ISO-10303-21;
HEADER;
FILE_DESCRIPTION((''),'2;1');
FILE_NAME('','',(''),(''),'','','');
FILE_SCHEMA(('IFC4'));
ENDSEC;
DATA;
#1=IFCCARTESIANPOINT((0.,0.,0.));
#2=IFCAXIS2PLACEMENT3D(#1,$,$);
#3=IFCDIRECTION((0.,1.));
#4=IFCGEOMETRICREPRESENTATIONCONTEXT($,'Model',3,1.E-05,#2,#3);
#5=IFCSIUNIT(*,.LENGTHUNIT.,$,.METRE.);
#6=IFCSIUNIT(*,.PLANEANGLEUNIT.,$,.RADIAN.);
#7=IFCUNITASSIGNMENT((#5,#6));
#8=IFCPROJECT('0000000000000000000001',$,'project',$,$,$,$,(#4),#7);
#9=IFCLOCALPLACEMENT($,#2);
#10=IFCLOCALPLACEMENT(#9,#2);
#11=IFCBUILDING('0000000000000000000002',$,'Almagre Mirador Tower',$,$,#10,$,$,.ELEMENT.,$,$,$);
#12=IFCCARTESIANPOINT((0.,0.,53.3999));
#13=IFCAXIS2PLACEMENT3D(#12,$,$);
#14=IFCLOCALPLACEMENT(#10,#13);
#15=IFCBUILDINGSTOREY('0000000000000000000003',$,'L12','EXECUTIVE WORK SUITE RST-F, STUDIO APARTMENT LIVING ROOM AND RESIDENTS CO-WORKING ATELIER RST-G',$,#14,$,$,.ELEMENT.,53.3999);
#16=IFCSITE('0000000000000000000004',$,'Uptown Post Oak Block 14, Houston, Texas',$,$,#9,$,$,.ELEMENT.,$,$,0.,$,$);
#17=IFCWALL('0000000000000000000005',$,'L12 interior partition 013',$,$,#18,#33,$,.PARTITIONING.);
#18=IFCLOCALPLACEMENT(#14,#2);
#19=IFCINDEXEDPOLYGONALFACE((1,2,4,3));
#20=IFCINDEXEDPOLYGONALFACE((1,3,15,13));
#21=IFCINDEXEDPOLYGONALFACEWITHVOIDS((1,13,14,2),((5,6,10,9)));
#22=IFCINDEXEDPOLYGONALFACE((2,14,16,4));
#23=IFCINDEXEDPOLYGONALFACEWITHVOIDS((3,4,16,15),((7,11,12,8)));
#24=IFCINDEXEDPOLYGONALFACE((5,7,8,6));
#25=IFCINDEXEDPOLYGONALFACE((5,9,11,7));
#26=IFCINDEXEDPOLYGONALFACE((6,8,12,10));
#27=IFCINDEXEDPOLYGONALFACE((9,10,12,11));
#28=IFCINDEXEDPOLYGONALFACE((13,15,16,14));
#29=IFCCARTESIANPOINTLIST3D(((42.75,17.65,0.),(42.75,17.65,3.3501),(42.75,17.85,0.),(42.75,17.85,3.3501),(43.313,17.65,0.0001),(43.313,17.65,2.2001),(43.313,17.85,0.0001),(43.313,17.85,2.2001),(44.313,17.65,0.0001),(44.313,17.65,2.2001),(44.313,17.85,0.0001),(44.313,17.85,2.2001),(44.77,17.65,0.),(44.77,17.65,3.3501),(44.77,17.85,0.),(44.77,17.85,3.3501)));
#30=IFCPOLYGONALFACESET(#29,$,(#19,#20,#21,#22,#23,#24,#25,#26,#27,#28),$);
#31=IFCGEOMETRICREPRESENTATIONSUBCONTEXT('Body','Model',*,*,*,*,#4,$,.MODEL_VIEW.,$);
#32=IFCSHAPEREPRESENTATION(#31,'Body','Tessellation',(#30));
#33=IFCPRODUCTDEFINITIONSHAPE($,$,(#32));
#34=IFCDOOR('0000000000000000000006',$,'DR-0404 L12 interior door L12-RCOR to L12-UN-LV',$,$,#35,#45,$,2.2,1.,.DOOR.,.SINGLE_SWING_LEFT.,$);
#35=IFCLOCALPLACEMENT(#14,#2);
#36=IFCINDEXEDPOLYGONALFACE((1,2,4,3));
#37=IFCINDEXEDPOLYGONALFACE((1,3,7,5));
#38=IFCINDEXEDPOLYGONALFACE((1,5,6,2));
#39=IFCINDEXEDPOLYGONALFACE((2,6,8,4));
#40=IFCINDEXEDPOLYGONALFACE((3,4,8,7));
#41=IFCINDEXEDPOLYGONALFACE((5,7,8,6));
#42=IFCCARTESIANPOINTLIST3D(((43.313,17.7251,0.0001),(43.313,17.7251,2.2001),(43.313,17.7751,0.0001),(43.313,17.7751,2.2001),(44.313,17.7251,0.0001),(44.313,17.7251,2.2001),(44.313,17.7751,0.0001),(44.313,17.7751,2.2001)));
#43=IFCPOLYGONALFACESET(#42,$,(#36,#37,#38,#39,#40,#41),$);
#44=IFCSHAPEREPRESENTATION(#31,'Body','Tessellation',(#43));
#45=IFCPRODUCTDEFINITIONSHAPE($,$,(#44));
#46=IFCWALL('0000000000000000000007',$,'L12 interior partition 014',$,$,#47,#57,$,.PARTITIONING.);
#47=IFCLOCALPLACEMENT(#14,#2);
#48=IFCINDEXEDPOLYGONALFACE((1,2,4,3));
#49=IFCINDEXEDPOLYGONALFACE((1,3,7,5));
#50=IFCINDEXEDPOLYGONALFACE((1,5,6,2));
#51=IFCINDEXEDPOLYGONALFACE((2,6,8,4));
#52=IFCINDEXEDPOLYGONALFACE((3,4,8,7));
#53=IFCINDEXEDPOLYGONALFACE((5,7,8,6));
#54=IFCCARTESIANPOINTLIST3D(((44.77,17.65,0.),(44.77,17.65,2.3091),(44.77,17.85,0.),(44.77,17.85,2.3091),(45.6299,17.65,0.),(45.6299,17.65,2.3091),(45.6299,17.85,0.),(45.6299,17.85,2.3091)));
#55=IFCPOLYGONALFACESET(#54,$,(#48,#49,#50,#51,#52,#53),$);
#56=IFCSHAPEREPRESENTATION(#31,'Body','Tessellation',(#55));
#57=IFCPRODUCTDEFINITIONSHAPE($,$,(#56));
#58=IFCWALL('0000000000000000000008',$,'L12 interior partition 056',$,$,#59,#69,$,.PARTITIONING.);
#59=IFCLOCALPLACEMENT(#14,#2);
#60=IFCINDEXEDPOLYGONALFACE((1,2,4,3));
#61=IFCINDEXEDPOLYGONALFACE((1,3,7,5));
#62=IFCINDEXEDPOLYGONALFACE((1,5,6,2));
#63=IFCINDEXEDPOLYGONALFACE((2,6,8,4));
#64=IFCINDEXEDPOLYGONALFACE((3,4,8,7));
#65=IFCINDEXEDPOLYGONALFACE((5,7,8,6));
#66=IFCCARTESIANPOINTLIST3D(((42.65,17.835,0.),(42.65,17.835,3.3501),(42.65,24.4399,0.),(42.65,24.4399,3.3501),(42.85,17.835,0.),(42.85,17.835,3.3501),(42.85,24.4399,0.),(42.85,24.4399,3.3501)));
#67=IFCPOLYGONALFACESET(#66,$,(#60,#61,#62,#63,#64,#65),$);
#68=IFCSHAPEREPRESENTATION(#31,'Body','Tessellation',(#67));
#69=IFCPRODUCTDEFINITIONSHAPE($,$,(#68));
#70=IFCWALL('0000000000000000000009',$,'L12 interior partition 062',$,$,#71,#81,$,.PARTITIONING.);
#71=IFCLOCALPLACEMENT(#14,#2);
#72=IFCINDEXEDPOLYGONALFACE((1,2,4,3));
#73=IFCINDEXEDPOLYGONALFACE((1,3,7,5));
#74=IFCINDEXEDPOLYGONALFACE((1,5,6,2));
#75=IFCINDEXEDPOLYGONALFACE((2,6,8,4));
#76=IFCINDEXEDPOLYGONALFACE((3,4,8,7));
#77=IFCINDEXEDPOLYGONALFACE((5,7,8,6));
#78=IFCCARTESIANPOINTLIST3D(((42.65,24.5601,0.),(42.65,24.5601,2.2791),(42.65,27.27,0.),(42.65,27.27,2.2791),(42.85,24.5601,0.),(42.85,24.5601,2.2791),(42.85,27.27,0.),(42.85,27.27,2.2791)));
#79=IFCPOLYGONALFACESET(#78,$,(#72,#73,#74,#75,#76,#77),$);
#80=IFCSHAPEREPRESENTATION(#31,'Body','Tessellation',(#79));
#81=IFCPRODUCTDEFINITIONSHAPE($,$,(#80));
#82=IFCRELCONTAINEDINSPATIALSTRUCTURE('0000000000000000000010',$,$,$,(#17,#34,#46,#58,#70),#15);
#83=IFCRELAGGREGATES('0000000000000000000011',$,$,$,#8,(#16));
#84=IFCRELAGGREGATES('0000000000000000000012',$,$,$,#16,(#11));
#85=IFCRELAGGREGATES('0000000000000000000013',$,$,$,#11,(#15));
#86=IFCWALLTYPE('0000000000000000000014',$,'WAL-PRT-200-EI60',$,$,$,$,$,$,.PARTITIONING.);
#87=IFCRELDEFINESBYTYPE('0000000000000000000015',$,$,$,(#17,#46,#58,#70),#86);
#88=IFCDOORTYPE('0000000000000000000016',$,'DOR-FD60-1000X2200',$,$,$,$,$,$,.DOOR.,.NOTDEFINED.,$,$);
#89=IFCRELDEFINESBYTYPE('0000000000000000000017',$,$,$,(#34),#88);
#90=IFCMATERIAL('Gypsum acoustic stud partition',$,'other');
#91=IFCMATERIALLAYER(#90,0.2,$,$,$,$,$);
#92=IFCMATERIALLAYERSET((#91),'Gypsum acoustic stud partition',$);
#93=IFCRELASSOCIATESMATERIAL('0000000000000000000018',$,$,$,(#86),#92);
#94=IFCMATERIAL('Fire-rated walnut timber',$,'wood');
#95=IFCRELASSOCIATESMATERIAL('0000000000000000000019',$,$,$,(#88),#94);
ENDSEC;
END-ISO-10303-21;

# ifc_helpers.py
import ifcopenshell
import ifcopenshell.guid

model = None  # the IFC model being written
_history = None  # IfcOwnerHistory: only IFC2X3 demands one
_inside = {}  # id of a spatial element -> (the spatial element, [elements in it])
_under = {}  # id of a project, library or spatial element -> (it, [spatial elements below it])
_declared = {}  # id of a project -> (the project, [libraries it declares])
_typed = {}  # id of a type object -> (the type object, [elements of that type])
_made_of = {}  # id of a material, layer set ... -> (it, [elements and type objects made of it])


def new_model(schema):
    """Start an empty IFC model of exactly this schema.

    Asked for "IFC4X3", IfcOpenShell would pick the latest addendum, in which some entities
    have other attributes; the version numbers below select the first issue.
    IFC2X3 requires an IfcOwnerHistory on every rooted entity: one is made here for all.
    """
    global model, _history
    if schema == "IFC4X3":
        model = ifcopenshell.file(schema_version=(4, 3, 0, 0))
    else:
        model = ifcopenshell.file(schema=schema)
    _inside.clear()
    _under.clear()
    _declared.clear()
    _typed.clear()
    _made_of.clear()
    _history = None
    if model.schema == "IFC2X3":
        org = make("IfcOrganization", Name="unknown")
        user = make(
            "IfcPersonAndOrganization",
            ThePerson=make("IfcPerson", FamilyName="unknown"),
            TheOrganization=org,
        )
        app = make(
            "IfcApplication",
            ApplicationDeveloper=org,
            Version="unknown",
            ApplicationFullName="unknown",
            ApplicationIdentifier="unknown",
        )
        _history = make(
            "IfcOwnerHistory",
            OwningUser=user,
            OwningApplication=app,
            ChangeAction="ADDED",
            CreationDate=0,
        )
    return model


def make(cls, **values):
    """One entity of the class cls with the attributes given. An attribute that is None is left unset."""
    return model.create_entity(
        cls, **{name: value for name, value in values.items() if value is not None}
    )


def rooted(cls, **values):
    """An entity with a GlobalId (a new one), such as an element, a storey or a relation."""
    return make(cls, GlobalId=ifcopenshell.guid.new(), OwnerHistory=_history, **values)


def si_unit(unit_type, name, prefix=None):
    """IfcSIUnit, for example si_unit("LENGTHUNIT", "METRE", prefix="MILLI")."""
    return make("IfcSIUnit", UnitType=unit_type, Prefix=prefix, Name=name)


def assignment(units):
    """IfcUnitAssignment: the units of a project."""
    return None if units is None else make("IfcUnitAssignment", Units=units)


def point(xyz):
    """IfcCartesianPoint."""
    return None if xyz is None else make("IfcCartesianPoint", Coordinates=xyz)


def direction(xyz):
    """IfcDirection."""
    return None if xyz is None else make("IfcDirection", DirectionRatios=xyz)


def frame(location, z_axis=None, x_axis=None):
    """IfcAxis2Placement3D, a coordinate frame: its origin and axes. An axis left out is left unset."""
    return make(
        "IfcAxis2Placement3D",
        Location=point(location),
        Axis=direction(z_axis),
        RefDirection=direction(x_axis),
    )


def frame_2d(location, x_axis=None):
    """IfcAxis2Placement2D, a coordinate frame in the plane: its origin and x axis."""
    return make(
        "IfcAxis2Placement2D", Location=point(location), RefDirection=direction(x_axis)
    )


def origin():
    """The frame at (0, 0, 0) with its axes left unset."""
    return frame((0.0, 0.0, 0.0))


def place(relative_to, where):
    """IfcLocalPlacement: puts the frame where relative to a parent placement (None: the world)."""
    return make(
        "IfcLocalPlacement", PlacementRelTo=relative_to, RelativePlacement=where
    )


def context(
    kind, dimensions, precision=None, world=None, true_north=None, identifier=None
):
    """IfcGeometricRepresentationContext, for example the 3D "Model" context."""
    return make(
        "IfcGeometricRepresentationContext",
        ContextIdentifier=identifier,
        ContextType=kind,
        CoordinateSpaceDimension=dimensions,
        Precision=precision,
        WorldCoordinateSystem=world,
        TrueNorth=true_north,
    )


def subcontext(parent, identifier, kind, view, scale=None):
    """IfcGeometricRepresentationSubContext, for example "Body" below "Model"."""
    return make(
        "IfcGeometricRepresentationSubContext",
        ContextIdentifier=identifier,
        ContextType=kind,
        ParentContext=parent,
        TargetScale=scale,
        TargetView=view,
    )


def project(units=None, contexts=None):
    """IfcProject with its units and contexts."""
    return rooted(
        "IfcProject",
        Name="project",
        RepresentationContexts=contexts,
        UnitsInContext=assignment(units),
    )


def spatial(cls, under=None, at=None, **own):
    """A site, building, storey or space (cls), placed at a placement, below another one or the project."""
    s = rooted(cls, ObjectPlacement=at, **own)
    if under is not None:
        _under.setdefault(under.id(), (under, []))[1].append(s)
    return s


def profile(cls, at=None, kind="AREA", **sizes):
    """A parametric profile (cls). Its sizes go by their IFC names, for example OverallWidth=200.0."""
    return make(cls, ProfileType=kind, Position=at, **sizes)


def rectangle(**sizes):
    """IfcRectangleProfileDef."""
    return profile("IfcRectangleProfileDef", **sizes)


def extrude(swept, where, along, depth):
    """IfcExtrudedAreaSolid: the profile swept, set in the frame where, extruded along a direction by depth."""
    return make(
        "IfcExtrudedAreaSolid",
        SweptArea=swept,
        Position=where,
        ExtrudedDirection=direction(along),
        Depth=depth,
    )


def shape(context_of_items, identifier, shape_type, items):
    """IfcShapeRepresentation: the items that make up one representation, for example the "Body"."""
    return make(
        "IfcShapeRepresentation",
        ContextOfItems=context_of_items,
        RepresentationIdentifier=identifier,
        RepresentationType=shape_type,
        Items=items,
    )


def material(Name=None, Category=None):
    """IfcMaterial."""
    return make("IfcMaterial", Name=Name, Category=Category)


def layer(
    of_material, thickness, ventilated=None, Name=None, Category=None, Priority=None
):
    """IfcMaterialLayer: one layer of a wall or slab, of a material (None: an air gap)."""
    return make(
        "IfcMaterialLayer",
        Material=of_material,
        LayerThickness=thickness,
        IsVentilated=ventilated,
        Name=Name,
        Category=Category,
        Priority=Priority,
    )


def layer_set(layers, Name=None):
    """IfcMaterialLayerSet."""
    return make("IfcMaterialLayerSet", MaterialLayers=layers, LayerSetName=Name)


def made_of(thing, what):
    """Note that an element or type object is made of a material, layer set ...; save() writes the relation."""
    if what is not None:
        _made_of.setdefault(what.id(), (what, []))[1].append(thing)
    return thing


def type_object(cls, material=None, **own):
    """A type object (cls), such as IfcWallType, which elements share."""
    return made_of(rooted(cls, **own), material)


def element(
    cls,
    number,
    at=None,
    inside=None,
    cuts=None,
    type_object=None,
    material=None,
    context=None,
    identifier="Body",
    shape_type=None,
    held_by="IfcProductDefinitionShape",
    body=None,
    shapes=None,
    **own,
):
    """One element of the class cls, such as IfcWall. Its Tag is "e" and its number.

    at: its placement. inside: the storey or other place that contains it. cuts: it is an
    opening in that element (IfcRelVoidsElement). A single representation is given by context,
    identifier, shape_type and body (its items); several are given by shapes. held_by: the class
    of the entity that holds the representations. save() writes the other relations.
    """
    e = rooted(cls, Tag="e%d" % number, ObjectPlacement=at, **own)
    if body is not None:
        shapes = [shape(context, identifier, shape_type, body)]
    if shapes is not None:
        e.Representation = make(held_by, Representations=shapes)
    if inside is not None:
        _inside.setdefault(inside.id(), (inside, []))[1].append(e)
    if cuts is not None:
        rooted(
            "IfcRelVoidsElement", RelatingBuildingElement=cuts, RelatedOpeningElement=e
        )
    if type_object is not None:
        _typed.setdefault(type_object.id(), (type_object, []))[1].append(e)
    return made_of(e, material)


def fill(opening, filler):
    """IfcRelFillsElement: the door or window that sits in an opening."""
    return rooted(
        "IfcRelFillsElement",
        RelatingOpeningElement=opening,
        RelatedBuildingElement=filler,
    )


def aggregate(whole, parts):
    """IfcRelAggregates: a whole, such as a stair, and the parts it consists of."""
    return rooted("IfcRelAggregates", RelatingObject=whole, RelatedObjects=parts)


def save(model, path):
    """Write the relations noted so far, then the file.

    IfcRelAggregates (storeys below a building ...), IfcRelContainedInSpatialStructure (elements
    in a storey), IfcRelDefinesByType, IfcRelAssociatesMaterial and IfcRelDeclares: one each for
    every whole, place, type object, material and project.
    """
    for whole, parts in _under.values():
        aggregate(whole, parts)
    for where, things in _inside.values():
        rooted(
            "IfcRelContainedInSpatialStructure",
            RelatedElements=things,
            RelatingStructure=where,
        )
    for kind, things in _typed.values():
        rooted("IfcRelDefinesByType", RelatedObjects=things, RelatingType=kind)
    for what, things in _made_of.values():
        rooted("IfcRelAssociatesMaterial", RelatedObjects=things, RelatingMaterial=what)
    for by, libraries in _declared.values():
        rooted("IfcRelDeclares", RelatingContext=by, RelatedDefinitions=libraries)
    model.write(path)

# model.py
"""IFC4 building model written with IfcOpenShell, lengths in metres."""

from ifc_helpers import new_model, si_unit, direction, frame, frame_2d, origin, place, context, subcontext, project, spatial, rectangle, extrude, material, layer, layer_set, type_object, element, fill, save


model = new_model("IFC4")

# Units and contexts
model_context = context("Model", 3, precision=1e-05, world=origin(), true_north=direction((0.0, 1.0)))
body_context = subcontext(model_context, "Body", "Model", "MODEL_VIEW")
ifc_project = project(units=[si_unit("LENGTHUNIT", "METRE"), si_unit("PLANEANGLEUNIT", "RADIAN")], contexts=[model_context])

# Site, building, storey
site_placement = place(None, origin())
site = spatial("IfcSite", under=ifc_project, at=site_placement, Name="Uptown Post Oak Block 14, Houston, Texas", CompositionType="ELEMENT", RefElevation=0.0)
building_placement = place(site_placement, origin())
building = spatial("IfcBuilding", under=site, at=building_placement, Name="Almagre Mirador Tower", CompositionType="ELEMENT")
storey_placement = place(building_placement, frame((0.0, 0.0, 53.3999)))
storey = spatial("IfcBuildingStorey", under=building, at=storey_placement, Name="L12", Description="EXECUTIVE WORK SUITE RST-F, STUDIO APARTMENT LIVING ROOM AND RESIDENTS CO-WORKING ATELIER RST-G", CompositionType="ELEMENT", Elevation=53.3999)

# Wall, opening, door
ifc_material_1 = material(Name="Gypsum acoustic stud partition", Category="other")
ifc_layer_1 = layer(ifc_material_1, 0.2)
ifc_layer_set_1 = layer_set([ifc_layer_1], Name="Gypsum acoustic stud partition")
wall_type_1 = type_object("IfcWallType", Name="WAL-PRT-200-EI60", PredefinedType="PARTITIONING", material=ifc_layer_set_1)
ifc_material_2 = material(Name="Fire-rated walnut timber", Category="wood")
door_type_1 = type_object("IfcDoorType", Name="DOR-FD60-1000X2200", OperationType="NOTDEFINED", PredefinedType="DOOR", material=ifc_material_2)
wall_1_placement = place(storey_placement, frame((44.77, 17.75, 0.0), z_axis=(0.0, 0.0, 1.0), x_axis=(-1.0, 0.0, 0.0)))
wall_1 = element("IfcWall", 1, at=wall_1_placement, inside=storey, type_object=wall_type_1, Name="L12 interior partition 013", PredefinedType="PARTITIONING", context=body_context, shape_type="SweptSolid", body=[
    extrude(rectangle(XDim=2.02, YDim=0.2, at=frame_2d((1.01, 0.0))), origin(), (0.0, 0.0, 1.0), 3.3501),
])
opening_1_placement = place(wall_1_placement, frame((0.457, 0.0, 0.0)))
opening_1 = element("IfcOpeningElement", 2, at=opening_1_placement, cuts=wall_1, PredefinedType="OPENING", context=body_context, shape_type="SweptSolid", body=[
    extrude(rectangle(XDim=1.0, YDim=2.2, at=frame_2d((0.5, 1.1001))), frame((0.0, 0.1101, 0.0), z_axis=(0.0, -1.0, 0.0), x_axis=(1.0, 0.0, 0.0)), (0.0, 0.0, 1.0), 0.22),
])
door_1_placement = place(opening_1_placement, origin())
door_1 = element("IfcDoor", 3, at=door_1_placement, inside=storey, type_object=door_type_1, Name="DR-0404 L12 interior door L12-RCOR to L12-UN-LV", OperationType="SINGLE_SWING_LEFT", OverallHeight=2.2, OverallWidth=1.0, PredefinedType="DOOR", context=body_context, shape_type="SweptSolid", body=[
    extrude(rectangle(XDim=1.0, YDim=2.2, at=frame_2d((0.5, 1.1001))), frame((0.0, 0.0249, 0.0), z_axis=(0.0, -1.0, 0.0), x_axis=(1.0, 0.0, 0.0)), (0.0, 0.0, 1.0), 0.05),
])
fill(opening_1, door_1)

# Walls
wall_2_placement = place(storey_placement, frame((45.6299, 17.75, 0.0), z_axis=(0.0, 0.0, 1.0), x_axis=(-1.0, 0.0, 0.0)))
element("IfcWall", 4, at=wall_2_placement, inside=storey, type_object=wall_type_1, Name="L12 interior partition 014", PredefinedType="PARTITIONING", context=body_context, shape_type="SweptSolid", body=[
    extrude(rectangle(XDim=0.8599, YDim=0.2, at=frame_2d((0.4299, 0.0))), origin(), (0.0, 0.0, 1.0), 2.3091),
])
wall_3_placement = place(storey_placement, frame((42.75, 17.835, 0.0), z_axis=(0.0, 0.0, 1.0), x_axis=(0.0, 1.0, 0.0)))
element("IfcWall", 5, at=wall_3_placement, inside=storey, type_object=wall_type_1, Name="L12 interior partition 056", PredefinedType="PARTITIONING", context=body_context, shape_type="SweptSolid", body=[
    extrude(rectangle(XDim=6.605, YDim=0.2, at=frame_2d((3.3025, 0.0))), origin(), (0.0, 0.0, 1.0), 3.3501),
])
wall_4_placement = place(storey_placement, frame((42.75, 24.5601, 0.0), z_axis=(0.0, 0.0, 1.0), x_axis=(0.0, 1.0, 0.0)))
element("IfcWall", 6, at=wall_4_placement, inside=storey, type_object=wall_type_1, Name="L12 interior partition 062", PredefinedType="PARTITIONING", context=body_context, shape_type="SweptSolid", body=[
    extrude(rectangle(XDim=2.71, YDim=0.2, at=frame_2d((1.355, 0.0))), origin(), (0.0, 0.0, 1.0), 2.2791),
])

save(model, "model.ifc")
